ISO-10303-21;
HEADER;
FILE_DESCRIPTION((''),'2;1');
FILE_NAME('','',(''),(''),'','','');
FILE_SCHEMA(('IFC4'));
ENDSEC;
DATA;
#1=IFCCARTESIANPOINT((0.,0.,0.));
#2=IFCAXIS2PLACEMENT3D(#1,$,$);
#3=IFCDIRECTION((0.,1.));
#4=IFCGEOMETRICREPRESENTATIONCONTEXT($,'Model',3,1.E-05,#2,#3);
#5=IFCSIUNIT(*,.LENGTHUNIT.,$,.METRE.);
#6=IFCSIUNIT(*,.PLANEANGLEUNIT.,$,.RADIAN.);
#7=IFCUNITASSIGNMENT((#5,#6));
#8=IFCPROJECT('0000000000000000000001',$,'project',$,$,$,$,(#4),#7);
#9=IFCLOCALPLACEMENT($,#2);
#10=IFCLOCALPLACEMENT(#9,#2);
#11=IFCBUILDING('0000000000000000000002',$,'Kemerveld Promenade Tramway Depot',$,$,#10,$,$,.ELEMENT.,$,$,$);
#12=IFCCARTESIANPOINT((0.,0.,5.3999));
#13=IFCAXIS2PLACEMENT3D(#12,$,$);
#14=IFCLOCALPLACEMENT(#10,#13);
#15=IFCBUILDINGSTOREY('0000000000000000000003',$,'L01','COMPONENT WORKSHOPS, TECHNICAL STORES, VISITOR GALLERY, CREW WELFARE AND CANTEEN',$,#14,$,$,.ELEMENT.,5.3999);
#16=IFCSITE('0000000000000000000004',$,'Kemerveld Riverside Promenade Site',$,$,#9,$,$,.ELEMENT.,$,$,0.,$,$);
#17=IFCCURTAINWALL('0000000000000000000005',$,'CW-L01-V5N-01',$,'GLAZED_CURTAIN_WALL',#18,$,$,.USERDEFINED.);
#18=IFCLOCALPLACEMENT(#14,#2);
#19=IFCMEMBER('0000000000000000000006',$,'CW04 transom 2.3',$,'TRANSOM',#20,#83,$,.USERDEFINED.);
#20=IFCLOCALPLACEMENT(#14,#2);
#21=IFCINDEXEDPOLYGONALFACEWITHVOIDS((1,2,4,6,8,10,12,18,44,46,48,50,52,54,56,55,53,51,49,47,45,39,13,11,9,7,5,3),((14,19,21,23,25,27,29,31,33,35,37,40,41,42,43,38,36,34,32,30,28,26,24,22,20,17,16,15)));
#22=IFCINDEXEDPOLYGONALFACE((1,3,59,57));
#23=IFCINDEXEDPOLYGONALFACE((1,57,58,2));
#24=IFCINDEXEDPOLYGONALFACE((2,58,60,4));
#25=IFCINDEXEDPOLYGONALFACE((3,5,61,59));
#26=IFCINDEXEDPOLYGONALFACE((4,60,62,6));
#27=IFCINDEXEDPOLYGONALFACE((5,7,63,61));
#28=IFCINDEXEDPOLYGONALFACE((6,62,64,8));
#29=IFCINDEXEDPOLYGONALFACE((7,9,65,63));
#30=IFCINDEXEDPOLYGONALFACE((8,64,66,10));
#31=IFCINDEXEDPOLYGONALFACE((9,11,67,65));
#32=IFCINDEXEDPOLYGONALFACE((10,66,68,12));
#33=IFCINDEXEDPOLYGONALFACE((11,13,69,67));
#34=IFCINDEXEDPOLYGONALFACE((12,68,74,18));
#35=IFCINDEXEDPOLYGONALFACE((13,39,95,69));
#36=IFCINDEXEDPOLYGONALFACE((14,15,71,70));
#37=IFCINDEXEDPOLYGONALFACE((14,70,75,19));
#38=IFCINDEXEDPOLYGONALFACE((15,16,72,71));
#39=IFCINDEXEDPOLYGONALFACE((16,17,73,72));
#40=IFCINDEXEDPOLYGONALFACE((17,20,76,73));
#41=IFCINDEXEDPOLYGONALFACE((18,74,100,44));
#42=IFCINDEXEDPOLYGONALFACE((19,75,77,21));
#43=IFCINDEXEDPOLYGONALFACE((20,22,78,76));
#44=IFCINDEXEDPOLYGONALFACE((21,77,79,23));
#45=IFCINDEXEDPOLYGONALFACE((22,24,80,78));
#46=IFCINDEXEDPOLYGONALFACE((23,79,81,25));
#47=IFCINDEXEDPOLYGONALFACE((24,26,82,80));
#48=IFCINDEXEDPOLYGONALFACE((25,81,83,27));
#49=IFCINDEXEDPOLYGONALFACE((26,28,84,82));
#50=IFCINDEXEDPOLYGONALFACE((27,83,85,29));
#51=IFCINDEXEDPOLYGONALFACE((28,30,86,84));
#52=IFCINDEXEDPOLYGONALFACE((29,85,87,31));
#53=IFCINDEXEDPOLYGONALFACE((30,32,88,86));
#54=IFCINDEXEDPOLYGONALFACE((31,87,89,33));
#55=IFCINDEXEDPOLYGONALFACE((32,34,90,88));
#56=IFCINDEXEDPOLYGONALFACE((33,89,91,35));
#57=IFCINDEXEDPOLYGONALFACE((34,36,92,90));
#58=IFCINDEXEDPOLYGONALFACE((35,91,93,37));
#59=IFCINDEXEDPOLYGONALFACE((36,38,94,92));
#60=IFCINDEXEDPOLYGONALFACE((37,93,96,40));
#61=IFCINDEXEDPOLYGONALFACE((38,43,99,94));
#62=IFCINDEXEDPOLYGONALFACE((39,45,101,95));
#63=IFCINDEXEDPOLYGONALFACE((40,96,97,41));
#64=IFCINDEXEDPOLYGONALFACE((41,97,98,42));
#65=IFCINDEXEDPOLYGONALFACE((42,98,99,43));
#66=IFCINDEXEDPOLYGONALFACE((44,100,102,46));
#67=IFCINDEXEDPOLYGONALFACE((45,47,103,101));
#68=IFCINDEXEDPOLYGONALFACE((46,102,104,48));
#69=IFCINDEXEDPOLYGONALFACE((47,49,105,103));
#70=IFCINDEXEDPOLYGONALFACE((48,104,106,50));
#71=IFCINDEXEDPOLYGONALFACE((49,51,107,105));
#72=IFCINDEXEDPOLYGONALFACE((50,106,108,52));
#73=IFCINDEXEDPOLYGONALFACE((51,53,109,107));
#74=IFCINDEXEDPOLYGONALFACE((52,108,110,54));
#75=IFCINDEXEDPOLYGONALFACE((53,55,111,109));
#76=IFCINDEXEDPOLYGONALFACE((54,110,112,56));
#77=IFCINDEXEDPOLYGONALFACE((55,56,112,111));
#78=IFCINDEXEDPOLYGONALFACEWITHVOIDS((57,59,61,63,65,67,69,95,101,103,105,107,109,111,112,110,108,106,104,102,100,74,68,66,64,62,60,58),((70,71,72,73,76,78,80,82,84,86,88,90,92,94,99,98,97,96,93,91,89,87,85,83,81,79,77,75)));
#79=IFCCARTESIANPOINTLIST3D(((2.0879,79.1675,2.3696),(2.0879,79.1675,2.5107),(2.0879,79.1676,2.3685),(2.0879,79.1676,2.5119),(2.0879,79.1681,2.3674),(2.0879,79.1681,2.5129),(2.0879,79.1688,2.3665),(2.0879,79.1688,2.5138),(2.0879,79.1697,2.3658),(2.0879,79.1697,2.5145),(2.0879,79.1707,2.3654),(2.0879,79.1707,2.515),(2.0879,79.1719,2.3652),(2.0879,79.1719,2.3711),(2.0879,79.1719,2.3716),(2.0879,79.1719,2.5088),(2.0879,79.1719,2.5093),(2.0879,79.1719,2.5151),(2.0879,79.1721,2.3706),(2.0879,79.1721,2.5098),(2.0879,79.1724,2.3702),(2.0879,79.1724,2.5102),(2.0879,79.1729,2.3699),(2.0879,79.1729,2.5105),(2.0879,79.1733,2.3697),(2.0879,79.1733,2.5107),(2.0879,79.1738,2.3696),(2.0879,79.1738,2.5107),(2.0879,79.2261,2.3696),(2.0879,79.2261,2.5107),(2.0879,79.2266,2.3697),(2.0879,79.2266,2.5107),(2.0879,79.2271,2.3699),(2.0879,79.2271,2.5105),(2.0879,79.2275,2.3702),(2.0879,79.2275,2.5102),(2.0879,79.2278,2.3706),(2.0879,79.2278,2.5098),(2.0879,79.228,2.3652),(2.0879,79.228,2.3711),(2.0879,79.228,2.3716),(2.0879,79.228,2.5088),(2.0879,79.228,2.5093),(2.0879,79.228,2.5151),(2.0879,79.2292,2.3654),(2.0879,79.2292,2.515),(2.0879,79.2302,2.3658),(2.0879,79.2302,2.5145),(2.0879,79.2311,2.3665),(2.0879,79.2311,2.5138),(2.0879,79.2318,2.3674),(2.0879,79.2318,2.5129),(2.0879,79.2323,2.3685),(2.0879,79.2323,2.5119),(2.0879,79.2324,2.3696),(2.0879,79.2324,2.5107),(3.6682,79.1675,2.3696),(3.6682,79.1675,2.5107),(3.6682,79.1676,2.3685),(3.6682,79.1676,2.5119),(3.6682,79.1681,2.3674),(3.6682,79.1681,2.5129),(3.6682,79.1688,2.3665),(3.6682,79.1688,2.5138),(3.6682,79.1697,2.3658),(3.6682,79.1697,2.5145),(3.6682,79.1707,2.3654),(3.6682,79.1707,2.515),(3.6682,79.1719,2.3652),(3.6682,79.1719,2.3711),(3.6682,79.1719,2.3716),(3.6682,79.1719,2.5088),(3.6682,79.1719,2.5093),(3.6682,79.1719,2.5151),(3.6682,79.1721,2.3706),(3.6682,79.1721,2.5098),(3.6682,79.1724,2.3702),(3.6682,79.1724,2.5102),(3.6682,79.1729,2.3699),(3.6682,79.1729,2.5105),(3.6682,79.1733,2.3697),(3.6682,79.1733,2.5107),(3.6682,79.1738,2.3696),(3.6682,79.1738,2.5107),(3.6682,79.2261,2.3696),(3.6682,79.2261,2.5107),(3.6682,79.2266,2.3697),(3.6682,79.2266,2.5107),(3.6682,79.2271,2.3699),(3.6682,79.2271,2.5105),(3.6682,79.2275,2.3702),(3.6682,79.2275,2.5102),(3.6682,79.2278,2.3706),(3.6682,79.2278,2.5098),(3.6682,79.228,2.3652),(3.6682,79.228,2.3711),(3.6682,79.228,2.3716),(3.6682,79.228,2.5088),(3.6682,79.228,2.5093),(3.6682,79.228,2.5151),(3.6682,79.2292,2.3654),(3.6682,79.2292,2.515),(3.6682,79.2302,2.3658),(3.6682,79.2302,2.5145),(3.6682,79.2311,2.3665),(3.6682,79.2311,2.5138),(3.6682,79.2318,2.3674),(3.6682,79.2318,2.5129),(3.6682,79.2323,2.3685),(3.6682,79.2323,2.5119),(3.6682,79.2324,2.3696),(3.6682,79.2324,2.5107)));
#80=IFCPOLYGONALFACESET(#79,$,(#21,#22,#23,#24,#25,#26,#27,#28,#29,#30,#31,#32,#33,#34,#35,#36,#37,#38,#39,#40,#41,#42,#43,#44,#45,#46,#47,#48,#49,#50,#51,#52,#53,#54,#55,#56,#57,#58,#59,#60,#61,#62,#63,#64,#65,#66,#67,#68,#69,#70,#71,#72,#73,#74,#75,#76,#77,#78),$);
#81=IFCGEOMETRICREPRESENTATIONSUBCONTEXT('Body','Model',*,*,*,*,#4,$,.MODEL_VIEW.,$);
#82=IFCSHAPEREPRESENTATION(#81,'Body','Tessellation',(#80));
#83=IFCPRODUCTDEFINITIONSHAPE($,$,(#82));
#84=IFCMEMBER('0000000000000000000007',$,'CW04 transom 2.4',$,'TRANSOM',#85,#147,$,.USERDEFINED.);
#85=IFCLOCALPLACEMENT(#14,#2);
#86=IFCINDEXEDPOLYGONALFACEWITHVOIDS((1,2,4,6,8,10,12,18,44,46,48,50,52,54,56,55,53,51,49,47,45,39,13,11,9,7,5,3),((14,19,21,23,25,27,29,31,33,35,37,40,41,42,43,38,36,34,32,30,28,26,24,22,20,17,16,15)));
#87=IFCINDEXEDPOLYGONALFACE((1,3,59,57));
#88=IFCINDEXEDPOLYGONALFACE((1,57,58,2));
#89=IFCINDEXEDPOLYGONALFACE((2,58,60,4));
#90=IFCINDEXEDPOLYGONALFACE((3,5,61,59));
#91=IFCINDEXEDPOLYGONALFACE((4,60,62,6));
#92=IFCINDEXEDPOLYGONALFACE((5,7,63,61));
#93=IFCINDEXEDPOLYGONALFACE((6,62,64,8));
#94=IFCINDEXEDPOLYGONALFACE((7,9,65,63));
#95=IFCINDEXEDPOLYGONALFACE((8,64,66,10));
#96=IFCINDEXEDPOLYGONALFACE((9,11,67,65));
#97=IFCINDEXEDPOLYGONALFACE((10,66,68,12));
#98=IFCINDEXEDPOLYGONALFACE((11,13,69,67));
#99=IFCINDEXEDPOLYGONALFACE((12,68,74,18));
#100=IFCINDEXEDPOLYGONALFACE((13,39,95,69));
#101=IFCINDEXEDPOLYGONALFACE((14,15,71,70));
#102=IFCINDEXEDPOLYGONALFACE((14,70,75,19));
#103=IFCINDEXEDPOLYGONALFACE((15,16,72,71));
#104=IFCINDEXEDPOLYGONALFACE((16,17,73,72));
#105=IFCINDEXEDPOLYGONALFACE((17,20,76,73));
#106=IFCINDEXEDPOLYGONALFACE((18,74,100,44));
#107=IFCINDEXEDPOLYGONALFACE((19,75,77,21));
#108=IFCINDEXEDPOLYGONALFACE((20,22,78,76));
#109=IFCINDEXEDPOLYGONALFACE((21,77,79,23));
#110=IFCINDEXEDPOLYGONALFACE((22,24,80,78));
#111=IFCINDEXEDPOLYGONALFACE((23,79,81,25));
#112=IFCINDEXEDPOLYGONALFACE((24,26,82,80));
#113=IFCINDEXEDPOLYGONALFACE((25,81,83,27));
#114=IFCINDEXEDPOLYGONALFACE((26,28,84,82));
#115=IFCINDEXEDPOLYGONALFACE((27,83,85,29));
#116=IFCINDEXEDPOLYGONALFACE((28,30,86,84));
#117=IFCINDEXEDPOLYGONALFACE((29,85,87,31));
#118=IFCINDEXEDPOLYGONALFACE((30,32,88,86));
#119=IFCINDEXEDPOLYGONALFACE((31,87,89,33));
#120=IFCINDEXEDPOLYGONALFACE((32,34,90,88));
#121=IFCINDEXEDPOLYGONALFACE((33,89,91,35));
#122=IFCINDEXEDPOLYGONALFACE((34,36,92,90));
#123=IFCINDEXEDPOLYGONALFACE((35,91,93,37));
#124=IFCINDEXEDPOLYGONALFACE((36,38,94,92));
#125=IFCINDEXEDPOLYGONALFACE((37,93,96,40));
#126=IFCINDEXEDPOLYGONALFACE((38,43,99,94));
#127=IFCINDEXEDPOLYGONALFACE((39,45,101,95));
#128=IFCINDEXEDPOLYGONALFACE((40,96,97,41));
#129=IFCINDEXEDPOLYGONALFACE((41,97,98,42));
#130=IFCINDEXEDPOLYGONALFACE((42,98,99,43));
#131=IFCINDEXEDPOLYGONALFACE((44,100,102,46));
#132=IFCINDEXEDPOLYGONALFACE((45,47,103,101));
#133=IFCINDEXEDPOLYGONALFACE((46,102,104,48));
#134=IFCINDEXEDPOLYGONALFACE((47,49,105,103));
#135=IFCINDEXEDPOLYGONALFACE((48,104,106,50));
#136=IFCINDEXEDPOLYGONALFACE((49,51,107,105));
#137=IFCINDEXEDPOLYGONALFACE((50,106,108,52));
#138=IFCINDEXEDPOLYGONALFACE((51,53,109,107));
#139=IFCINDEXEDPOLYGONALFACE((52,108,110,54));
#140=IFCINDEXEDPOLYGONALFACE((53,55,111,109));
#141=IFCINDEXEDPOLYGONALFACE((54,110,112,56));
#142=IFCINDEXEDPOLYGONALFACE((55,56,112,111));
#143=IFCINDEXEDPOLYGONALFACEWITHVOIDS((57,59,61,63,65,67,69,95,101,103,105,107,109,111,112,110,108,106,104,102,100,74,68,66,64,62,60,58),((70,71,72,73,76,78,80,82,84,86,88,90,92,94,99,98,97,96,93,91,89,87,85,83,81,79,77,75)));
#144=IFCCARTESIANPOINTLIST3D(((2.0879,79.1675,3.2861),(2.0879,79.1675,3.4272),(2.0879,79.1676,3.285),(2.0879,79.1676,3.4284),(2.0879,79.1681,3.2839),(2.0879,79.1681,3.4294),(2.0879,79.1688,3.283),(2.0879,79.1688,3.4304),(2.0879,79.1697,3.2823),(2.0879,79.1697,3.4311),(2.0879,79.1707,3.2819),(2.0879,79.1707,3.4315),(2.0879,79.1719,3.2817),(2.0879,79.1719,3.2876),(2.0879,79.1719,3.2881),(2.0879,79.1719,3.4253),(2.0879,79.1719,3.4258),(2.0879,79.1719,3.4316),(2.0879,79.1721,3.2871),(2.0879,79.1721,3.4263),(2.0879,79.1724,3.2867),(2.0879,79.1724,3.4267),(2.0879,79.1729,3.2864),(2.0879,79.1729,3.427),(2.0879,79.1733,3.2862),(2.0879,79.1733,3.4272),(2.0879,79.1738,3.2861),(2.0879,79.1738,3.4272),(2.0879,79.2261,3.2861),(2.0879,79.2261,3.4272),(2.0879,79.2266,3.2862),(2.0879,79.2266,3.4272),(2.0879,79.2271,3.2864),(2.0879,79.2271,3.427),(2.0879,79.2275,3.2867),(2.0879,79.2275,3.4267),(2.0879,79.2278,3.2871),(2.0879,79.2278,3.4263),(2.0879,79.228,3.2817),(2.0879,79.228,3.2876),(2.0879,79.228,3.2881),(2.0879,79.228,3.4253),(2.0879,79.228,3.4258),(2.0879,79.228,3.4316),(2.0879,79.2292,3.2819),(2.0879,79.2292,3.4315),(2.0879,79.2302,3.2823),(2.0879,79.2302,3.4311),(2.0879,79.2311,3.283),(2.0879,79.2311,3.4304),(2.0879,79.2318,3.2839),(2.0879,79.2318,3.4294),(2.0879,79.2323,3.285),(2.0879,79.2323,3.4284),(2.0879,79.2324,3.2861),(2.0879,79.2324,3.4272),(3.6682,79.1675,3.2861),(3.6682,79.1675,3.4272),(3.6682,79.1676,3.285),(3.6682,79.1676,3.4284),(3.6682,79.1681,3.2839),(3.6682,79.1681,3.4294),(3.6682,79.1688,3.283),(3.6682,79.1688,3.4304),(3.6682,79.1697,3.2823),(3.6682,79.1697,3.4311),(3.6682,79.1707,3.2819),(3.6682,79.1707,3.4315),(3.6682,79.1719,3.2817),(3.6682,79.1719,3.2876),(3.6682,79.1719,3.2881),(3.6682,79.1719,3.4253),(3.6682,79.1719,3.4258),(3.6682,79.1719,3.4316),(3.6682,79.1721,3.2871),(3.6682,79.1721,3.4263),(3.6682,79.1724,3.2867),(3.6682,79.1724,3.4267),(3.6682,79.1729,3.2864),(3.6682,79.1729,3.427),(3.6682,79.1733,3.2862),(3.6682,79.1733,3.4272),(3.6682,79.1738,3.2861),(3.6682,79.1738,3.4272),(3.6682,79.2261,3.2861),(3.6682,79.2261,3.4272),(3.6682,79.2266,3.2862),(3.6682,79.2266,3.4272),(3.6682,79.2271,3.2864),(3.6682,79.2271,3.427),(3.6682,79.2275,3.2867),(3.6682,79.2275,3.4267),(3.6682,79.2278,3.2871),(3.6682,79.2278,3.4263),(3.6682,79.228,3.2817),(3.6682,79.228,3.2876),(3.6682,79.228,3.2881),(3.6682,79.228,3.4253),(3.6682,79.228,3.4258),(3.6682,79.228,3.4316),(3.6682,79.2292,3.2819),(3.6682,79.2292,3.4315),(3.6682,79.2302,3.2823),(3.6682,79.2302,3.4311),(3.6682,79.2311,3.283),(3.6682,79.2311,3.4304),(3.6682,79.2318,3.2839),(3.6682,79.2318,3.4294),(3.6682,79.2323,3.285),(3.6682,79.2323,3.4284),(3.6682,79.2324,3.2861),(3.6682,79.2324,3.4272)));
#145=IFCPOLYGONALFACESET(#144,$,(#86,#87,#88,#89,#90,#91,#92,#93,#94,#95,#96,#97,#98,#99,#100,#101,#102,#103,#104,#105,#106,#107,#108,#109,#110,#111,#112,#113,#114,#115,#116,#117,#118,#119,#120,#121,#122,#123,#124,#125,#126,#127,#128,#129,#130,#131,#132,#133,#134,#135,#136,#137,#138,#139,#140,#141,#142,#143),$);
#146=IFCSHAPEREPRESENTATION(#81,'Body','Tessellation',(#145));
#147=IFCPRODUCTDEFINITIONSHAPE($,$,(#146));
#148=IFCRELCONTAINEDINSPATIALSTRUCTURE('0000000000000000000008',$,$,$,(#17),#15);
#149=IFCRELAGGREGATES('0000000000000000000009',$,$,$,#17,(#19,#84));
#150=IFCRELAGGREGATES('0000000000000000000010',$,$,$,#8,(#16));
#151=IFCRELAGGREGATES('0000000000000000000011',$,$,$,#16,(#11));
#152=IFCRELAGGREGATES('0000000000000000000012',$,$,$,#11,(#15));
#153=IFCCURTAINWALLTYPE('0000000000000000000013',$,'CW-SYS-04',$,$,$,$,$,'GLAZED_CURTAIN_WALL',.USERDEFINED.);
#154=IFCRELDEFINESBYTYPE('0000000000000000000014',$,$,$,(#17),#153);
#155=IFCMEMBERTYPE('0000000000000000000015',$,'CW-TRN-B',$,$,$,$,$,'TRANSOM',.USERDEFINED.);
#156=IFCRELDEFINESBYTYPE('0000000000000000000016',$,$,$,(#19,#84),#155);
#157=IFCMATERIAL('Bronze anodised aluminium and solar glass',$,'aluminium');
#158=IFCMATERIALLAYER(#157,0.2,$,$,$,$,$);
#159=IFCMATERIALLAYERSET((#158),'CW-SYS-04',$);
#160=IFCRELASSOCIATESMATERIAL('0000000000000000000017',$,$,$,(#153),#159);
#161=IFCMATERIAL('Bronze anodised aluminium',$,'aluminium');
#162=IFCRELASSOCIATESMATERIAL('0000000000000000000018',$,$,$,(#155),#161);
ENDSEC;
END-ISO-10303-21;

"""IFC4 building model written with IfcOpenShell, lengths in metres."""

from ifc_helpers import new_model, si_unit, direction, frame, origin, origin_2d, place, context, subcontext, project, spatial, hollow_rectangle, extrude, material, layer, layer_set, material_profile, profile_set, type_object, element, aggregate, save


model = new_model("IFC4")

# Units and contexts
model_context = context("Model", 3, precision=1e-05, world=origin(), true_north=direction((0.0, 1.0)))
body_context = subcontext(model_context, "Body", "Model", "MODEL_VIEW")
ifc_project = project(units=[si_unit("LENGTHUNIT", "METRE"), si_unit("PLANEANGLEUNIT", "RADIAN")], contexts=[model_context])

# Site, building, storey
site_placement = place(None, origin())
site = spatial("IfcSite", under=ifc_project, at=site_placement, Name="Kemerveld Riverside Promenade Site", CompositionType="ELEMENT", RefElevation=0.0)
building_placement = place(site_placement, origin())
building = spatial("IfcBuilding", under=site, at=building_placement, Name="Kemerveld Promenade Tramway Depot", CompositionType="ELEMENT")
storey_placement = place(building_placement, frame((0.0, 0.0, 5.3999)))
storey = spatial("IfcBuildingStorey", under=building, at=storey_placement, Name="L01", Description="COMPONENT WORKSHOPS, TECHNICAL STORES, VISITOR GALLERY, CREW WELFARE AND CANTEEN", CompositionType="ELEMENT", Elevation=5.3999)

# Curtain wall, members
ifc_material_1 = material(Name="Bronze anodised aluminium and solar glass", Category="aluminium")
ifc_layer_1 = layer(ifc_material_1, 0.2)
ifc_layer_set_1 = layer_set([ifc_layer_1], Name="CW-SYS-04")
curtain_wall_type = type_object("IfcCurtainWallType", Name="CW-SYS-04", ElementType="GLAZED_CURTAIN_WALL", PredefinedType="USERDEFINED", material=ifc_layer_set_1)
curtain_wall_placement = place(storey_placement, origin())
curtain_wall = element("IfcCurtainWall", 1, at=curtain_wall_placement, inside=storey, type_object=curtain_wall_type, Name="CW-L01-V5N-01", ObjectType="GLAZED_CURTAIN_WALL", PredefinedType="USERDEFINED")
ifc_material_2 = material(Name="Bronze anodised aluminium", Category="aluminium")
ifc_material_profile_1 = material_profile(ifc_material_2, hollow_rectangle(XDim=0.0649, YDim=0.1499, WallThickness=0.0044, InnerFilletRadius=0.002, OuterFilletRadius=0.0044, at=origin_2d()), Name="CW-TRN-150x65")
ifc_profile_set_1 = profile_set([ifc_material_profile_1], Name="Bronze anodised aluminium")
member_type_1 = type_object("IfcMemberType", Name="CW-TRN-B", ElementType="TRANSOM", PredefinedType="USERDEFINED", material=ifc_profile_set_1)
member_1_placement = place(storey_placement, frame((2.0879, 79.2, 2.4402), z_axis=(1.0, 0.0, 0.0), x_axis=(0.0, 1.0, 0.0)))
member_1 = element("IfcMember", 2, at=member_1_placement, type_object=member_type_1, Name="CW04 transom 2.3", ObjectType="TRANSOM", PredefinedType="USERDEFINED", context=body_context, shape_type="SweptSolid", body=[
    extrude(hollow_rectangle(XDim=0.0649, YDim=0.1499, WallThickness=0.0044, InnerFilletRadius=0.002, OuterFilletRadius=0.0044, at=origin_2d()), origin(), (0.0, 0.0, 1.0), 1.5803),
])
member_2_placement = place(storey_placement, frame((2.0879, 79.2, 3.3567), z_axis=(1.0, 0.0, 0.0), x_axis=(0.0, 1.0, 0.0)))
member_2 = element("IfcMember", 3, at=member_2_placement, type_object=member_type_1, Name="CW04 transom 2.4", ObjectType="TRANSOM", PredefinedType="USERDEFINED", context=body_context, shape_type="SweptSolid", body=[
    extrude(hollow_rectangle(XDim=0.0649, YDim=0.1499, WallThickness=0.0044, InnerFilletRadius=0.002, OuterFilletRadius=0.0044, at=origin_2d()), origin(), (0.0, 0.0, 1.0), 1.5803),
])
aggregate(curtain_wall, [member_1, member_2])

save(model, "model.ifc")
